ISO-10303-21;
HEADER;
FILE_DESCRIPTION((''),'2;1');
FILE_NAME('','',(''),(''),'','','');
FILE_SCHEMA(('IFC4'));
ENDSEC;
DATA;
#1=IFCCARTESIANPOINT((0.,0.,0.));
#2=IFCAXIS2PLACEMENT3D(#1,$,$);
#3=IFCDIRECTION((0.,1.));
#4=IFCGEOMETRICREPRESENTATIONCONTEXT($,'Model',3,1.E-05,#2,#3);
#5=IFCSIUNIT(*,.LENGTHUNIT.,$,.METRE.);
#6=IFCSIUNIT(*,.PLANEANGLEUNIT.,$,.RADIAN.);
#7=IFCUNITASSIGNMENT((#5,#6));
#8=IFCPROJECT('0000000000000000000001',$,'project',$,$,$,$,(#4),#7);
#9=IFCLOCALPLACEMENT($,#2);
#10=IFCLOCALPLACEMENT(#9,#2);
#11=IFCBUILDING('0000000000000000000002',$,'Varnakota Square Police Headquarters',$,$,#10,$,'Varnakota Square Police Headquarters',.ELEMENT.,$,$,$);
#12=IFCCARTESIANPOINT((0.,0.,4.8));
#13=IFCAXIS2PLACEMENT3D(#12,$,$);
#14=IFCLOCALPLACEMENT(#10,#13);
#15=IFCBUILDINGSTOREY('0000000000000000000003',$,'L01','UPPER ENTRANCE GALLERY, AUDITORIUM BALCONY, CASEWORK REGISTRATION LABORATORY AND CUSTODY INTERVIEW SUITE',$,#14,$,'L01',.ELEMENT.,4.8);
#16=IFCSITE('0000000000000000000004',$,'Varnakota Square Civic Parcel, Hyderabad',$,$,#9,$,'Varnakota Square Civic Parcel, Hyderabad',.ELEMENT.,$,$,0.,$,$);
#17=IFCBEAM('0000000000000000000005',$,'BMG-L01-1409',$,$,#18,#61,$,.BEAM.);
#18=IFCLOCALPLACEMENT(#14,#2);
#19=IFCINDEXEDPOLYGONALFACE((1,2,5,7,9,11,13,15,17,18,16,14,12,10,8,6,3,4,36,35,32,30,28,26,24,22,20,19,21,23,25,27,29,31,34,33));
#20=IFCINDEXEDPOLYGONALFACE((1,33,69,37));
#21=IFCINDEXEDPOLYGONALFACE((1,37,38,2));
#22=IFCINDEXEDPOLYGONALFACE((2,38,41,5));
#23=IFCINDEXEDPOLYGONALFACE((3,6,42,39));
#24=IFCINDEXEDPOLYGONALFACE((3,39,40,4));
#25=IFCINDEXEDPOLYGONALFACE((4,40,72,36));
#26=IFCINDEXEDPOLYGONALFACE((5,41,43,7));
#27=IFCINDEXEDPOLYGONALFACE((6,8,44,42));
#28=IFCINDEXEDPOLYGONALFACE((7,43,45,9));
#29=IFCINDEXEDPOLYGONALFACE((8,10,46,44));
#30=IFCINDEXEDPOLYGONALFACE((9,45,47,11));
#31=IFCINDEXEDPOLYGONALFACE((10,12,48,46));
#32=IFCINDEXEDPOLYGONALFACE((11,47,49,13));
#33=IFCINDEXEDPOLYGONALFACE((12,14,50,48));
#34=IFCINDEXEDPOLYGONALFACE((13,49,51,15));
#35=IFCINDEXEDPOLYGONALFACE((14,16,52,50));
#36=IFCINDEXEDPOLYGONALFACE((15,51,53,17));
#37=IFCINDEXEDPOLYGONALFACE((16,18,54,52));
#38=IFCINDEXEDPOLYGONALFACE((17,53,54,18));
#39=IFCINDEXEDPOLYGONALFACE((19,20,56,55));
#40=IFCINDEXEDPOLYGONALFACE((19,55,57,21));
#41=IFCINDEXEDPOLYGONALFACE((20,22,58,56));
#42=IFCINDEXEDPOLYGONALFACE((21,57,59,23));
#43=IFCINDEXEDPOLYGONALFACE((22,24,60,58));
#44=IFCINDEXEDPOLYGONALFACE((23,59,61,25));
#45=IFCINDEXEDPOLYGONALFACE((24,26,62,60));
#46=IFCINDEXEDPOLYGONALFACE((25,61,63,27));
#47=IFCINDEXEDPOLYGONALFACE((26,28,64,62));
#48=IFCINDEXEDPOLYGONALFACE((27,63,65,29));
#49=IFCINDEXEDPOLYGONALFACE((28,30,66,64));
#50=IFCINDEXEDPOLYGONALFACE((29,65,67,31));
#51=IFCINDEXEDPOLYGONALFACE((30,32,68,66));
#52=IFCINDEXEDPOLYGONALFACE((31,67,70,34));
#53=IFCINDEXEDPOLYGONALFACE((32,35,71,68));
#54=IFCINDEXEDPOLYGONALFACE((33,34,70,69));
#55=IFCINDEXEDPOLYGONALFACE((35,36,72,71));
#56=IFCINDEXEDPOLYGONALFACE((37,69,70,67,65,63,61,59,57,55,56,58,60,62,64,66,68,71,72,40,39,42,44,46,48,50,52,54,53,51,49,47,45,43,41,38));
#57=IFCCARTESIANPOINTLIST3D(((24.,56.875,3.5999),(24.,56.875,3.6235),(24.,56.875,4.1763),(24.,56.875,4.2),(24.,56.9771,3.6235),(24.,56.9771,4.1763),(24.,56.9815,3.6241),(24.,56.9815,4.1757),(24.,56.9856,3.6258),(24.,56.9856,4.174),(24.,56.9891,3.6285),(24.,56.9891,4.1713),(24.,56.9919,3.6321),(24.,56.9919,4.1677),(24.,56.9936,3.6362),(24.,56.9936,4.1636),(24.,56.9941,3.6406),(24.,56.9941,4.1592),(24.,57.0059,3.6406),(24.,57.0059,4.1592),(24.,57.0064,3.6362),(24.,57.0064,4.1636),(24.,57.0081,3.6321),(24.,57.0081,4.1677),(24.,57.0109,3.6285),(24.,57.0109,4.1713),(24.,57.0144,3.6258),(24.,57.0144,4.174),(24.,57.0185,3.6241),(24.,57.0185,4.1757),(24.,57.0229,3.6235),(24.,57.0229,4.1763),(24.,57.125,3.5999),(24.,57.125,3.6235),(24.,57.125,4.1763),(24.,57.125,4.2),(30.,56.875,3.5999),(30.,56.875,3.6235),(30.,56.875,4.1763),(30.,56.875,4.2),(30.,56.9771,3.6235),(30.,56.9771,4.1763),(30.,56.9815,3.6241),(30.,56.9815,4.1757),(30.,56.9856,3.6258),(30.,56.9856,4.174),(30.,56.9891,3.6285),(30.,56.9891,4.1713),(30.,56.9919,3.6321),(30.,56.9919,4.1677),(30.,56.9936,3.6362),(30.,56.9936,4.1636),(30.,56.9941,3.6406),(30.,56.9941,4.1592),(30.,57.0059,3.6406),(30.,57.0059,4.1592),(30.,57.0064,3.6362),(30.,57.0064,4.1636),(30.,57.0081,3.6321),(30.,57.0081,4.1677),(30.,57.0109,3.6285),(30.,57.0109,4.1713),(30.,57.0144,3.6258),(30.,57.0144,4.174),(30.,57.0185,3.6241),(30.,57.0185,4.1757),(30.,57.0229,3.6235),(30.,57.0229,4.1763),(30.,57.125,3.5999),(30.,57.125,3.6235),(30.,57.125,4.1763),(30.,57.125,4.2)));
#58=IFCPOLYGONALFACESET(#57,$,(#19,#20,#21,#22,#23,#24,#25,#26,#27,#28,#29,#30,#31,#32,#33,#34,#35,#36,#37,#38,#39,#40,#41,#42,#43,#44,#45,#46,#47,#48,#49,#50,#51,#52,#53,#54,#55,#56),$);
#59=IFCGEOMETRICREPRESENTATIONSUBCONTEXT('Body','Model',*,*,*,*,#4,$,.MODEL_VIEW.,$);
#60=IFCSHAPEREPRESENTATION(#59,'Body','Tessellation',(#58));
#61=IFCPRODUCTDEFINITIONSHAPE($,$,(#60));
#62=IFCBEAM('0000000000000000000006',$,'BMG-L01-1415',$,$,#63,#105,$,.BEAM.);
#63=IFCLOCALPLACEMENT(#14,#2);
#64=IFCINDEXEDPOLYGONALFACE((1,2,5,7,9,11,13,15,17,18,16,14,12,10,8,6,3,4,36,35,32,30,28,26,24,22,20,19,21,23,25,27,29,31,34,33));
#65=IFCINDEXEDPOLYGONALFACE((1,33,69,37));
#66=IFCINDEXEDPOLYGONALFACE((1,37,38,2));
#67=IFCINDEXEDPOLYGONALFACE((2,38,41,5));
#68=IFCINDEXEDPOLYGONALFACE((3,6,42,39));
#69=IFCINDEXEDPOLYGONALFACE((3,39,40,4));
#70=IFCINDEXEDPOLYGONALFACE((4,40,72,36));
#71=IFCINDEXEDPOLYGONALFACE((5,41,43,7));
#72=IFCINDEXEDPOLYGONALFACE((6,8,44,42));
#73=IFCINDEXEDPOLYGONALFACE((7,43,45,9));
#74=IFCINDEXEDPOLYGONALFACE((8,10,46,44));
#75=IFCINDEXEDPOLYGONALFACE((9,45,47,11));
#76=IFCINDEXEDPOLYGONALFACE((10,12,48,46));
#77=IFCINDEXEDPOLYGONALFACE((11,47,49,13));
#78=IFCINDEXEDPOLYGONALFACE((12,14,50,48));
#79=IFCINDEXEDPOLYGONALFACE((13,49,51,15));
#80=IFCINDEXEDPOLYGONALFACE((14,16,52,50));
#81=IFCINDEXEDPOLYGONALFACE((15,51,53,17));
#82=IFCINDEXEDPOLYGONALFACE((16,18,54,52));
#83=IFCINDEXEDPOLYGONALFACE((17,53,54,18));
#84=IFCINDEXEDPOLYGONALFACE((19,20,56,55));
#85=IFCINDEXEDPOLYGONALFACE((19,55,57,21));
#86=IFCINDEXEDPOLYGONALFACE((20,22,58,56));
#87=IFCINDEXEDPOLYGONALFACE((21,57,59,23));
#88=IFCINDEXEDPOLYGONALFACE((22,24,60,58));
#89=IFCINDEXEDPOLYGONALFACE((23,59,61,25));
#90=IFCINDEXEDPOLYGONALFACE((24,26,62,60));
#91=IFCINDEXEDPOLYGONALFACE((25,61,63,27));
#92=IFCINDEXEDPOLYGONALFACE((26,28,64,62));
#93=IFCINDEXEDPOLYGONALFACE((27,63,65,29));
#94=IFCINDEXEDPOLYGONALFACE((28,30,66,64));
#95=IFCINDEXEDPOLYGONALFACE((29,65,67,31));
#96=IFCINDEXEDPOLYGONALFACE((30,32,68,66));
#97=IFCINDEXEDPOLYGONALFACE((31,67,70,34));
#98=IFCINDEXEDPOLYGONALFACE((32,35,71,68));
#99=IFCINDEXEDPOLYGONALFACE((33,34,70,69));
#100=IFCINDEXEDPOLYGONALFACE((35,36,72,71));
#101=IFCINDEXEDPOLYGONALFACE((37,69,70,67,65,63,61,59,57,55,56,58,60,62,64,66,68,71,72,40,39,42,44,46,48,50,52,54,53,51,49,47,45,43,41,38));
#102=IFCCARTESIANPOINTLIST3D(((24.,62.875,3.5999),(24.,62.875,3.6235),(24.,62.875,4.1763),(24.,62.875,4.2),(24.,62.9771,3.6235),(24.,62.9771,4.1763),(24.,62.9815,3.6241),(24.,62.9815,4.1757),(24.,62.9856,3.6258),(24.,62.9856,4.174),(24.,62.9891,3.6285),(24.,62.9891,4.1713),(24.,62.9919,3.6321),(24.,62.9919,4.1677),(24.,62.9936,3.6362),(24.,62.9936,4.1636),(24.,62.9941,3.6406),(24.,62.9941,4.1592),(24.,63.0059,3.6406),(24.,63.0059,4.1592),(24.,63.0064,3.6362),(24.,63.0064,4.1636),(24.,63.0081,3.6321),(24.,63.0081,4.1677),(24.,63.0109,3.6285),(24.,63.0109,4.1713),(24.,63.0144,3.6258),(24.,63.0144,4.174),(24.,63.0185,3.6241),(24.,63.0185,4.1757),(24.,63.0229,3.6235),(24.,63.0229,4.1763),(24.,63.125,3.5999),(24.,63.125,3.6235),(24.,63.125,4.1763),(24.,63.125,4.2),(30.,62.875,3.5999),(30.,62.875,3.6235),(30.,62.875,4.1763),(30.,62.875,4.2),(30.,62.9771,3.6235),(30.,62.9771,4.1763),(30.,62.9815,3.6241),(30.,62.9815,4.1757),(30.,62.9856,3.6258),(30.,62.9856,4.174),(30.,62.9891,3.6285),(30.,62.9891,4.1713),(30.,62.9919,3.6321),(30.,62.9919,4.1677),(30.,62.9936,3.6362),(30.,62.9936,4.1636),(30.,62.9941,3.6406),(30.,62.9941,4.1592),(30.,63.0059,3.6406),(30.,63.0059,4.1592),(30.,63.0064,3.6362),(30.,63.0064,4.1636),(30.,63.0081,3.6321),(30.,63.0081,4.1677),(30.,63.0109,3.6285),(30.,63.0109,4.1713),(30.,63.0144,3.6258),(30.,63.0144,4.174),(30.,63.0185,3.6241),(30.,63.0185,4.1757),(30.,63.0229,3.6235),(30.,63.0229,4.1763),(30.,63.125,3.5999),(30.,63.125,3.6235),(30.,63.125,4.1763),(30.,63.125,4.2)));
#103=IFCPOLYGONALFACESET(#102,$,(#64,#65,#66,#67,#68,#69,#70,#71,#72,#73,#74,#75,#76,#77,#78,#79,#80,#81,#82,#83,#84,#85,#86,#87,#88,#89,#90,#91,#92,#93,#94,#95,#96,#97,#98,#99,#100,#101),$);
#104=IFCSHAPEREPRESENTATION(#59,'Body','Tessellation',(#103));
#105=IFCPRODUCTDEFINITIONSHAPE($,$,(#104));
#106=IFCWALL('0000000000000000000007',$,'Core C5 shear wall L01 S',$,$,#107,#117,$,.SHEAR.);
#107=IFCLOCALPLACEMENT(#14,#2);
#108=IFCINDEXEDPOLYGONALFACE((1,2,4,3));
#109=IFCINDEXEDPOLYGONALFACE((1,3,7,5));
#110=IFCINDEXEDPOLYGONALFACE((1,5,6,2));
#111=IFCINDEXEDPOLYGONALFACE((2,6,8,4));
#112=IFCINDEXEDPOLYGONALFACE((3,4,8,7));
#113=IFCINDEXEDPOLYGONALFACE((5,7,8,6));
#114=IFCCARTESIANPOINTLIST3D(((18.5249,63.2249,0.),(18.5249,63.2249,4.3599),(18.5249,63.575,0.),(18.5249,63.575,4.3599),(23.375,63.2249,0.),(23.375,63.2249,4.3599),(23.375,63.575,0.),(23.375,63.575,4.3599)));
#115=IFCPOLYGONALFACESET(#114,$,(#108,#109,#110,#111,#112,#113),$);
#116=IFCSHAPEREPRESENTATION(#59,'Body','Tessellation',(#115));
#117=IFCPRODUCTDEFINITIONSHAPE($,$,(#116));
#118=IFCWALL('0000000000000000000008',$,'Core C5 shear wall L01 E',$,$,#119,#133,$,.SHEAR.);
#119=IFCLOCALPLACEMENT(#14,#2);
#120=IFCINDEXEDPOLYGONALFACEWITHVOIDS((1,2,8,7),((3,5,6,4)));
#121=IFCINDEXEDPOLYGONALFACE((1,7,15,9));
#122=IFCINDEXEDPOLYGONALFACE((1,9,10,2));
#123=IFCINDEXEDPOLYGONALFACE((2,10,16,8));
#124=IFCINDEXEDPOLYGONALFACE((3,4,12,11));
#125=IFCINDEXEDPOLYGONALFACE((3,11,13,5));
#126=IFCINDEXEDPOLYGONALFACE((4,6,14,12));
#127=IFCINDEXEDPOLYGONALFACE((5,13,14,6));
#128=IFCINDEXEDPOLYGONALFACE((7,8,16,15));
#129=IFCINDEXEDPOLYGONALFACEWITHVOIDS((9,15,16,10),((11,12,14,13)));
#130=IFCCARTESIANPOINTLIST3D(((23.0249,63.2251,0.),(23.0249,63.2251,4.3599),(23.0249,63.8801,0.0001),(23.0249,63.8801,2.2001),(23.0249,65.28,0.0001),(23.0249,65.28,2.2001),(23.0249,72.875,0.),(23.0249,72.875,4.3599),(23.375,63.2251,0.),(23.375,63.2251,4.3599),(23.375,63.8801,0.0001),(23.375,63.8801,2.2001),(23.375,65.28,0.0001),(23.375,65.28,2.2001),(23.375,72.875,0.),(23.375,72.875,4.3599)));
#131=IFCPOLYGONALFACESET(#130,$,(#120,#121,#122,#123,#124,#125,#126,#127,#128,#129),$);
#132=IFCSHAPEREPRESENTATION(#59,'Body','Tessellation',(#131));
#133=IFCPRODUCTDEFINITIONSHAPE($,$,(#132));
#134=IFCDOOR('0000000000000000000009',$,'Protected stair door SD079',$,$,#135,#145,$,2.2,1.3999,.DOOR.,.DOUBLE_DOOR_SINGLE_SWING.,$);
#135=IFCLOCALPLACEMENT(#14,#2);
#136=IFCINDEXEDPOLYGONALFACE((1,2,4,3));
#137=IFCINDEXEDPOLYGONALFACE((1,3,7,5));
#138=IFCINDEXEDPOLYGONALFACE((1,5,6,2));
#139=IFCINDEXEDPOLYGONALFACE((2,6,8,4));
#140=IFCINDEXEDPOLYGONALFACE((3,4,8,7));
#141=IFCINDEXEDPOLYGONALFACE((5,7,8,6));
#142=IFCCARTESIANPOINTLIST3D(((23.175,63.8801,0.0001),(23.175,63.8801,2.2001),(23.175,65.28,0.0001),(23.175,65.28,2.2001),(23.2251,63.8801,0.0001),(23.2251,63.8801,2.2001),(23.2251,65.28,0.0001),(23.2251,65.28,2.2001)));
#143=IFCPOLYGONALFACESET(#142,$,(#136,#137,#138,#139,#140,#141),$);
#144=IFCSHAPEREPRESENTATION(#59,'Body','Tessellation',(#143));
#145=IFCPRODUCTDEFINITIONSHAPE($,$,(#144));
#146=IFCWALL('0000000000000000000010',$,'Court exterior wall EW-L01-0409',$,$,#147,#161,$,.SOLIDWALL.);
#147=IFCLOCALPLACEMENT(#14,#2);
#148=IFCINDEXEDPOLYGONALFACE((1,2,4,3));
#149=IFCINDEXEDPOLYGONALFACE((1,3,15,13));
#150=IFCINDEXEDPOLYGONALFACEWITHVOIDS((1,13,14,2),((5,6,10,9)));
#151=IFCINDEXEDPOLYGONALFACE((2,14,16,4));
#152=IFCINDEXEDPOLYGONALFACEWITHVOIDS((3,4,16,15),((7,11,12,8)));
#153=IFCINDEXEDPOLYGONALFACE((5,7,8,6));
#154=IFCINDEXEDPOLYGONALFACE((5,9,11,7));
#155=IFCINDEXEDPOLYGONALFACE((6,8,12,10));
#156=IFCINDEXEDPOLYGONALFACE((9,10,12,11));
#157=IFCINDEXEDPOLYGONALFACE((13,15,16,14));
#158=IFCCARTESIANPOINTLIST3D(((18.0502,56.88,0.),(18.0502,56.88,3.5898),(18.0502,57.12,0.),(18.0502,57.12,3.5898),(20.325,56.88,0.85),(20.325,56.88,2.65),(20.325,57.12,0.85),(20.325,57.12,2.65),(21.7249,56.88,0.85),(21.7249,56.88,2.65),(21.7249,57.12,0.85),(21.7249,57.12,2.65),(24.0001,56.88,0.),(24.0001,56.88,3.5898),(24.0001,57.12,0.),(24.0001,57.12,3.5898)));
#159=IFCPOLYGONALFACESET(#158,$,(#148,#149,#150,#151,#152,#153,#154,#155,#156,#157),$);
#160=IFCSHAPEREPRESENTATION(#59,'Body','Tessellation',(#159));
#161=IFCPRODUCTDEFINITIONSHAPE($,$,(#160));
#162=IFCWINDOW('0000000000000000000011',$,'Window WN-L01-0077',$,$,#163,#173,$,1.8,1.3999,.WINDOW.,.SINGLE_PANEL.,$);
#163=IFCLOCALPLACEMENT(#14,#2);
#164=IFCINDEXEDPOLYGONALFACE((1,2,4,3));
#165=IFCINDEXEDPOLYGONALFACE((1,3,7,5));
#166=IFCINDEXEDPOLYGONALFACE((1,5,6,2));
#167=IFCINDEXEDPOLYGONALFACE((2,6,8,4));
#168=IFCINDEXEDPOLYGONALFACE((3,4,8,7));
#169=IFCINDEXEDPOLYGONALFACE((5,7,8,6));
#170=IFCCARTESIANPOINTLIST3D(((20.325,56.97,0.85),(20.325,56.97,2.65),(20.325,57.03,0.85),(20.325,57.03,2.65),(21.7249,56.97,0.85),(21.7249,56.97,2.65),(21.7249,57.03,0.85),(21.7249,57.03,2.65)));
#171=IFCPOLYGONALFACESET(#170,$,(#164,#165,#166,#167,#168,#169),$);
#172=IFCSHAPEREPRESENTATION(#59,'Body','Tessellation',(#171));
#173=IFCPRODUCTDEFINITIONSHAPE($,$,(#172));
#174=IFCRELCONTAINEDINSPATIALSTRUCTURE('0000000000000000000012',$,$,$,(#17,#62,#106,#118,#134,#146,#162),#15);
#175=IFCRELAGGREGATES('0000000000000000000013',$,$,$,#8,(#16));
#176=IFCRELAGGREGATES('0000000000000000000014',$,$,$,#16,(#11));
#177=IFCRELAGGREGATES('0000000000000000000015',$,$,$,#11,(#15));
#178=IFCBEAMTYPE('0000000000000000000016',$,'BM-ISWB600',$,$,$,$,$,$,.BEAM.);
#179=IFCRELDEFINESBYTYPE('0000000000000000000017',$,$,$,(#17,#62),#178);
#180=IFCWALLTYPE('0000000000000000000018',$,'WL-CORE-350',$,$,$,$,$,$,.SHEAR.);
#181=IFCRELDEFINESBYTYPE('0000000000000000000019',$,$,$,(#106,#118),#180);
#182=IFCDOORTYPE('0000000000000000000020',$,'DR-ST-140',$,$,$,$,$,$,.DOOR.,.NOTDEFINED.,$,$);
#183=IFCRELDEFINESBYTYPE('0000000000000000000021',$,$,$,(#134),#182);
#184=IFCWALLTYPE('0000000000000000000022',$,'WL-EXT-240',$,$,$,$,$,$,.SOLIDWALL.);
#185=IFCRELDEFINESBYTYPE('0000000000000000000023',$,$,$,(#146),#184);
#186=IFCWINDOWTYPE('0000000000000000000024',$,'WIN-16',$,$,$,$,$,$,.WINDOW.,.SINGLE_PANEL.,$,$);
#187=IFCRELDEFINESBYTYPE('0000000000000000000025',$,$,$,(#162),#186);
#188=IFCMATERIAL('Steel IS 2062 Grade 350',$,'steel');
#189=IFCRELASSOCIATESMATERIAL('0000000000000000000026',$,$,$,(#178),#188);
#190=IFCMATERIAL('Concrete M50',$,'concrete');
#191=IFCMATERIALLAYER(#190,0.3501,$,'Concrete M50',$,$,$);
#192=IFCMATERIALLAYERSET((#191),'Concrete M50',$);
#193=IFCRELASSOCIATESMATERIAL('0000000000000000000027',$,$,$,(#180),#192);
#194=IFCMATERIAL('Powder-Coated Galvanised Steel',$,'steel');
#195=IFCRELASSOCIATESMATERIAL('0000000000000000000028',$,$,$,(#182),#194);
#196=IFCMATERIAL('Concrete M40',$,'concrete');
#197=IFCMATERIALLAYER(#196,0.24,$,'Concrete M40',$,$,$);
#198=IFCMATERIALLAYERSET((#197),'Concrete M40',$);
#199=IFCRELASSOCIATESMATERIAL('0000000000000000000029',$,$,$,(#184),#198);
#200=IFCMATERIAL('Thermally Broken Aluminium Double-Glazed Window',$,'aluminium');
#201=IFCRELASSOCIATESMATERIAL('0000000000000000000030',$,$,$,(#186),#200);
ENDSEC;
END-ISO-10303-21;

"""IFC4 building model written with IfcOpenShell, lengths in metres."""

from ifc_helpers import new_model, si_unit, direction, frame, frame_2d, origin, origin_2d, place, context, subcontext, project, spatial, rectangle, i_section, extrude, material, layer, layer_set, material_profile, profile_set, type_object, element, fill, save


model = new_model("IFC4")

# Units and contexts
model_context = context("Model", 3, precision=1e-05, world=origin(), true_north=direction((0.0, 1.0)))
body_context = subcontext(model_context, "Body", "Model", "MODEL_VIEW")
ifc_project = project(units=[si_unit("LENGTHUNIT", "METRE"), si_unit("PLANEANGLEUNIT", "RADIAN")], contexts=[model_context])

# Site, building, storey
site_placement = place(None, origin())
site = spatial("IfcSite", under=ifc_project, at=site_placement, Name="Varnakota Square Civic Parcel, Hyderabad", LongName="Varnakota Square Civic Parcel, Hyderabad", CompositionType="ELEMENT", RefElevation=0.0)
building_placement = place(site_placement, origin())
building = spatial("IfcBuilding", under=site, at=building_placement, Name="Varnakota Square Police Headquarters", LongName="Varnakota Square Police Headquarters", CompositionType="ELEMENT")
storey_placement = place(building_placement, frame((0.0, 0.0, 4.8)))
storey = spatial("IfcBuildingStorey", under=building, at=storey_placement, Name="L01", Description="UPPER ENTRANCE GALLERY, AUDITORIUM BALCONY, CASEWORK REGISTRATION LABORATORY AND CUSTODY INTERVIEW SUITE", LongName="L01", CompositionType="ELEMENT", Elevation=4.8)

# Shared definitions
ifc_material_1 = material(Name="Steel IS 2062 Grade 350", Category="steel")

# Beams
ifc_material_profile_1 = material_profile(ifc_material_1, i_section(OverallWidth=0.25, OverallDepth=0.6001, WebThickness=0.0117, FlangeThickness=0.0237, FilletRadius=0.0171, at=origin_2d()), Name="ISWB 600")
ifc_profile_set_1 = profile_set([ifc_material_profile_1], Name="Steel IS 2062 Grade 350")
beam_type_1 = type_object("IfcBeamType", Name="BM-ISWB600", PredefinedType="BEAM", material=ifc_profile_set_1)
for number, where, z_axis, x_axis, name in (
    (1, (24.0, 57.0, 3.8999), (1.0, 0.0, 0.0), (0.0, 1.0, 0.0), "BMG-L01-1409"),
    (2, (24.0, 63.0, 3.8999), (1.0, 0.0, 0.0), (0.0, 1.0, 0.0), "BMG-L01-1415"),
):
    element("IfcBeam", number, at=place(storey_placement, frame(where, z_axis=z_axis, x_axis=x_axis)), inside=storey, type_object=beam_type_1, Name=name, PredefinedType="BEAM", context=body_context, shape_type="SweptSolid", body=[
        extrude(i_section(OverallWidth=0.25, OverallDepth=0.6001, WebThickness=0.0117, FlangeThickness=0.0237, FilletRadius=0.0171, at=origin_2d()), origin(), (0.0, 0.0, 1.0), 6.0),
    ])

# Wall
ifc_material_2 = material(Name="Concrete M50", Category="concrete")
ifc_layer_1 = layer(ifc_material_2, 0.3501, Name="Concrete M50")
ifc_layer_set_1 = layer_set([ifc_layer_1], Name="Concrete M50")
wall_type_1 = type_object("IfcWallType", Name="WL-CORE-350", PredefinedType="SHEAR", material=ifc_layer_set_1)
wall_1_placement = place(storey_placement, frame((18.5249, 63.3999, 0.0), z_axis=(0.0, 0.0, 1.0), x_axis=(1.0, 0.0, 0.0)))
element("IfcWall", 3, at=wall_1_placement, inside=storey, type_object=wall_type_1, Name="Core C5 shear wall L01 S", PredefinedType="SHEAR", context=body_context, shape_type="SweptSolid", body=[
    extrude(rectangle(XDim=4.8501, YDim=0.3501, at=frame_2d((2.425, 0.0))), origin(), (0.0, 0.0, 1.0), 4.3599),
])

# Wall, opening, door
wall_2_placement = place(storey_placement, frame((23.2, 63.2251, 0.0), z_axis=(0.0, 0.0, 1.0), x_axis=(0.0, 1.0, 0.0)))
wall_2 = element("IfcWall", 4, at=wall_2_placement, inside=storey, type_object=wall_type_1, Name="Core C5 shear wall L01 E", PredefinedType="SHEAR", context=body_context, shape_type="SweptSolid", body=[
    extrude(rectangle(XDim=9.6499, YDim=0.3501, at=frame_2d((4.825, 0.0))), origin(), (0.0, 0.0, 1.0), 4.3599),
])
opening_1_placement = place(wall_2_placement, frame((0.655, 0.0, 0.0)))
opening_1 = element("IfcOpeningElement", 5, at=opening_1_placement, cuts=wall_2, PredefinedType="OPENING", context=body_context, shape_type="SweptSolid", body=[
    extrude(rectangle(XDim=1.3999, YDim=2.2, at=frame_2d((0.7, 1.1001))), frame((0.0, 0.1851, 0.0), z_axis=(0.0, -1.0, 0.0), x_axis=(1.0, 0.0, 0.0)), (0.0, 0.0, 1.0), 0.3701),
])
ifc_material_3 = material(Name="Powder-Coated Galvanised Steel", Category="steel")
door_type_1 = type_object("IfcDoorType", Name="DR-ST-140", OperationType="NOTDEFINED", PredefinedType="DOOR", material=ifc_material_3)
door_1_placement = place(opening_1_placement, origin())
door_1 = element("IfcDoor", 6, at=door_1_placement, inside=storey, type_object=door_type_1, Name="Protected stair door SD079", OperationType="DOUBLE_DOOR_SINGLE_SWING", OverallHeight=2.2, OverallWidth=1.3999, PredefinedType="DOOR", context=body_context, shape_type="SweptSolid", body=[
    extrude(rectangle(XDim=1.3999, YDim=2.2, at=frame_2d((0.7, 1.1001))), frame((0.0, 0.0249, 0.0), z_axis=(0.0, -1.0, 0.0), x_axis=(1.0, 0.0, 0.0)), (0.0, 0.0, 1.0), 0.05),
])
fill(opening_1, door_1)

# Wall, opening, window
ifc_material_4 = material(Name="Concrete M40", Category="concrete")
ifc_layer_2 = layer(ifc_material_4, 0.24, Name="Concrete M40")
ifc_layer_set_2 = layer_set([ifc_layer_2], Name="Concrete M40")
wall_type_2 = type_object("IfcWallType", Name="WL-EXT-240", PredefinedType="SOLIDWALL", material=ifc_layer_set_2)
wall_3_placement = place(storey_placement, frame((18.05, 57.0, 0.0), z_axis=(0.0, 0.0, 1.0), x_axis=(1.0, 0.0, 0.0)))
wall_3 = element("IfcWall", 7, at=wall_3_placement, inside=storey, type_object=wall_type_2, Name="Court exterior wall EW-L01-0409", PredefinedType="SOLIDWALL", context=body_context, shape_type="SweptSolid", body=[
    extrude(rectangle(XDim=5.95, YDim=0.24, at=frame_2d((2.9751, 0.0))), origin(), (0.0, 0.0, 1.0), 3.5898),
])
opening_2_placement = place(wall_3_placement, frame((2.2749, 0.0, 0.8501)))
opening_2 = element("IfcOpeningElement", 8, at=opening_2_placement, cuts=wall_3, PredefinedType="OPENING", context=body_context, shape_type="SweptSolid", body=[
    extrude(rectangle(XDim=1.3999, YDim=1.8, at=frame_2d((0.7, 0.8999))), frame((0.0, 0.1299, 0.0), z_axis=(0.0, -1.0, 0.0), x_axis=(1.0, 0.0, 0.0)), (0.0, 0.0, 1.0), 0.26),
])
ifc_material_5 = material(Name="Thermally Broken Aluminium Double-Glazed Window", Category="aluminium")
window_type = type_object("IfcWindowType", Name="WIN-16", PartitioningType="SINGLE_PANEL", PredefinedType="WINDOW", material=ifc_material_5)
window_1_placement = place(opening_2_placement, origin())
window_1 = element("IfcWindow", 9, at=window_1_placement, inside=storey, type_object=window_type, Name="Window WN-L01-0077", OverallHeight=1.8, OverallWidth=1.3999, PartitioningType="SINGLE_PANEL", PredefinedType="WINDOW", context=body_context, shape_type="SweptSolid", body=[
    extrude(rectangle(XDim=1.3999, YDim=1.8, at=frame_2d((0.7, 0.8999))), frame((0.0, 0.03, 0.0), z_axis=(0.0, -1.0, 0.0), x_axis=(1.0, 0.0, 0.0)), (0.0, 0.0, 1.0), 0.0601),
])
fill(opening_2, window_1)

save(model, "model.ifc")
